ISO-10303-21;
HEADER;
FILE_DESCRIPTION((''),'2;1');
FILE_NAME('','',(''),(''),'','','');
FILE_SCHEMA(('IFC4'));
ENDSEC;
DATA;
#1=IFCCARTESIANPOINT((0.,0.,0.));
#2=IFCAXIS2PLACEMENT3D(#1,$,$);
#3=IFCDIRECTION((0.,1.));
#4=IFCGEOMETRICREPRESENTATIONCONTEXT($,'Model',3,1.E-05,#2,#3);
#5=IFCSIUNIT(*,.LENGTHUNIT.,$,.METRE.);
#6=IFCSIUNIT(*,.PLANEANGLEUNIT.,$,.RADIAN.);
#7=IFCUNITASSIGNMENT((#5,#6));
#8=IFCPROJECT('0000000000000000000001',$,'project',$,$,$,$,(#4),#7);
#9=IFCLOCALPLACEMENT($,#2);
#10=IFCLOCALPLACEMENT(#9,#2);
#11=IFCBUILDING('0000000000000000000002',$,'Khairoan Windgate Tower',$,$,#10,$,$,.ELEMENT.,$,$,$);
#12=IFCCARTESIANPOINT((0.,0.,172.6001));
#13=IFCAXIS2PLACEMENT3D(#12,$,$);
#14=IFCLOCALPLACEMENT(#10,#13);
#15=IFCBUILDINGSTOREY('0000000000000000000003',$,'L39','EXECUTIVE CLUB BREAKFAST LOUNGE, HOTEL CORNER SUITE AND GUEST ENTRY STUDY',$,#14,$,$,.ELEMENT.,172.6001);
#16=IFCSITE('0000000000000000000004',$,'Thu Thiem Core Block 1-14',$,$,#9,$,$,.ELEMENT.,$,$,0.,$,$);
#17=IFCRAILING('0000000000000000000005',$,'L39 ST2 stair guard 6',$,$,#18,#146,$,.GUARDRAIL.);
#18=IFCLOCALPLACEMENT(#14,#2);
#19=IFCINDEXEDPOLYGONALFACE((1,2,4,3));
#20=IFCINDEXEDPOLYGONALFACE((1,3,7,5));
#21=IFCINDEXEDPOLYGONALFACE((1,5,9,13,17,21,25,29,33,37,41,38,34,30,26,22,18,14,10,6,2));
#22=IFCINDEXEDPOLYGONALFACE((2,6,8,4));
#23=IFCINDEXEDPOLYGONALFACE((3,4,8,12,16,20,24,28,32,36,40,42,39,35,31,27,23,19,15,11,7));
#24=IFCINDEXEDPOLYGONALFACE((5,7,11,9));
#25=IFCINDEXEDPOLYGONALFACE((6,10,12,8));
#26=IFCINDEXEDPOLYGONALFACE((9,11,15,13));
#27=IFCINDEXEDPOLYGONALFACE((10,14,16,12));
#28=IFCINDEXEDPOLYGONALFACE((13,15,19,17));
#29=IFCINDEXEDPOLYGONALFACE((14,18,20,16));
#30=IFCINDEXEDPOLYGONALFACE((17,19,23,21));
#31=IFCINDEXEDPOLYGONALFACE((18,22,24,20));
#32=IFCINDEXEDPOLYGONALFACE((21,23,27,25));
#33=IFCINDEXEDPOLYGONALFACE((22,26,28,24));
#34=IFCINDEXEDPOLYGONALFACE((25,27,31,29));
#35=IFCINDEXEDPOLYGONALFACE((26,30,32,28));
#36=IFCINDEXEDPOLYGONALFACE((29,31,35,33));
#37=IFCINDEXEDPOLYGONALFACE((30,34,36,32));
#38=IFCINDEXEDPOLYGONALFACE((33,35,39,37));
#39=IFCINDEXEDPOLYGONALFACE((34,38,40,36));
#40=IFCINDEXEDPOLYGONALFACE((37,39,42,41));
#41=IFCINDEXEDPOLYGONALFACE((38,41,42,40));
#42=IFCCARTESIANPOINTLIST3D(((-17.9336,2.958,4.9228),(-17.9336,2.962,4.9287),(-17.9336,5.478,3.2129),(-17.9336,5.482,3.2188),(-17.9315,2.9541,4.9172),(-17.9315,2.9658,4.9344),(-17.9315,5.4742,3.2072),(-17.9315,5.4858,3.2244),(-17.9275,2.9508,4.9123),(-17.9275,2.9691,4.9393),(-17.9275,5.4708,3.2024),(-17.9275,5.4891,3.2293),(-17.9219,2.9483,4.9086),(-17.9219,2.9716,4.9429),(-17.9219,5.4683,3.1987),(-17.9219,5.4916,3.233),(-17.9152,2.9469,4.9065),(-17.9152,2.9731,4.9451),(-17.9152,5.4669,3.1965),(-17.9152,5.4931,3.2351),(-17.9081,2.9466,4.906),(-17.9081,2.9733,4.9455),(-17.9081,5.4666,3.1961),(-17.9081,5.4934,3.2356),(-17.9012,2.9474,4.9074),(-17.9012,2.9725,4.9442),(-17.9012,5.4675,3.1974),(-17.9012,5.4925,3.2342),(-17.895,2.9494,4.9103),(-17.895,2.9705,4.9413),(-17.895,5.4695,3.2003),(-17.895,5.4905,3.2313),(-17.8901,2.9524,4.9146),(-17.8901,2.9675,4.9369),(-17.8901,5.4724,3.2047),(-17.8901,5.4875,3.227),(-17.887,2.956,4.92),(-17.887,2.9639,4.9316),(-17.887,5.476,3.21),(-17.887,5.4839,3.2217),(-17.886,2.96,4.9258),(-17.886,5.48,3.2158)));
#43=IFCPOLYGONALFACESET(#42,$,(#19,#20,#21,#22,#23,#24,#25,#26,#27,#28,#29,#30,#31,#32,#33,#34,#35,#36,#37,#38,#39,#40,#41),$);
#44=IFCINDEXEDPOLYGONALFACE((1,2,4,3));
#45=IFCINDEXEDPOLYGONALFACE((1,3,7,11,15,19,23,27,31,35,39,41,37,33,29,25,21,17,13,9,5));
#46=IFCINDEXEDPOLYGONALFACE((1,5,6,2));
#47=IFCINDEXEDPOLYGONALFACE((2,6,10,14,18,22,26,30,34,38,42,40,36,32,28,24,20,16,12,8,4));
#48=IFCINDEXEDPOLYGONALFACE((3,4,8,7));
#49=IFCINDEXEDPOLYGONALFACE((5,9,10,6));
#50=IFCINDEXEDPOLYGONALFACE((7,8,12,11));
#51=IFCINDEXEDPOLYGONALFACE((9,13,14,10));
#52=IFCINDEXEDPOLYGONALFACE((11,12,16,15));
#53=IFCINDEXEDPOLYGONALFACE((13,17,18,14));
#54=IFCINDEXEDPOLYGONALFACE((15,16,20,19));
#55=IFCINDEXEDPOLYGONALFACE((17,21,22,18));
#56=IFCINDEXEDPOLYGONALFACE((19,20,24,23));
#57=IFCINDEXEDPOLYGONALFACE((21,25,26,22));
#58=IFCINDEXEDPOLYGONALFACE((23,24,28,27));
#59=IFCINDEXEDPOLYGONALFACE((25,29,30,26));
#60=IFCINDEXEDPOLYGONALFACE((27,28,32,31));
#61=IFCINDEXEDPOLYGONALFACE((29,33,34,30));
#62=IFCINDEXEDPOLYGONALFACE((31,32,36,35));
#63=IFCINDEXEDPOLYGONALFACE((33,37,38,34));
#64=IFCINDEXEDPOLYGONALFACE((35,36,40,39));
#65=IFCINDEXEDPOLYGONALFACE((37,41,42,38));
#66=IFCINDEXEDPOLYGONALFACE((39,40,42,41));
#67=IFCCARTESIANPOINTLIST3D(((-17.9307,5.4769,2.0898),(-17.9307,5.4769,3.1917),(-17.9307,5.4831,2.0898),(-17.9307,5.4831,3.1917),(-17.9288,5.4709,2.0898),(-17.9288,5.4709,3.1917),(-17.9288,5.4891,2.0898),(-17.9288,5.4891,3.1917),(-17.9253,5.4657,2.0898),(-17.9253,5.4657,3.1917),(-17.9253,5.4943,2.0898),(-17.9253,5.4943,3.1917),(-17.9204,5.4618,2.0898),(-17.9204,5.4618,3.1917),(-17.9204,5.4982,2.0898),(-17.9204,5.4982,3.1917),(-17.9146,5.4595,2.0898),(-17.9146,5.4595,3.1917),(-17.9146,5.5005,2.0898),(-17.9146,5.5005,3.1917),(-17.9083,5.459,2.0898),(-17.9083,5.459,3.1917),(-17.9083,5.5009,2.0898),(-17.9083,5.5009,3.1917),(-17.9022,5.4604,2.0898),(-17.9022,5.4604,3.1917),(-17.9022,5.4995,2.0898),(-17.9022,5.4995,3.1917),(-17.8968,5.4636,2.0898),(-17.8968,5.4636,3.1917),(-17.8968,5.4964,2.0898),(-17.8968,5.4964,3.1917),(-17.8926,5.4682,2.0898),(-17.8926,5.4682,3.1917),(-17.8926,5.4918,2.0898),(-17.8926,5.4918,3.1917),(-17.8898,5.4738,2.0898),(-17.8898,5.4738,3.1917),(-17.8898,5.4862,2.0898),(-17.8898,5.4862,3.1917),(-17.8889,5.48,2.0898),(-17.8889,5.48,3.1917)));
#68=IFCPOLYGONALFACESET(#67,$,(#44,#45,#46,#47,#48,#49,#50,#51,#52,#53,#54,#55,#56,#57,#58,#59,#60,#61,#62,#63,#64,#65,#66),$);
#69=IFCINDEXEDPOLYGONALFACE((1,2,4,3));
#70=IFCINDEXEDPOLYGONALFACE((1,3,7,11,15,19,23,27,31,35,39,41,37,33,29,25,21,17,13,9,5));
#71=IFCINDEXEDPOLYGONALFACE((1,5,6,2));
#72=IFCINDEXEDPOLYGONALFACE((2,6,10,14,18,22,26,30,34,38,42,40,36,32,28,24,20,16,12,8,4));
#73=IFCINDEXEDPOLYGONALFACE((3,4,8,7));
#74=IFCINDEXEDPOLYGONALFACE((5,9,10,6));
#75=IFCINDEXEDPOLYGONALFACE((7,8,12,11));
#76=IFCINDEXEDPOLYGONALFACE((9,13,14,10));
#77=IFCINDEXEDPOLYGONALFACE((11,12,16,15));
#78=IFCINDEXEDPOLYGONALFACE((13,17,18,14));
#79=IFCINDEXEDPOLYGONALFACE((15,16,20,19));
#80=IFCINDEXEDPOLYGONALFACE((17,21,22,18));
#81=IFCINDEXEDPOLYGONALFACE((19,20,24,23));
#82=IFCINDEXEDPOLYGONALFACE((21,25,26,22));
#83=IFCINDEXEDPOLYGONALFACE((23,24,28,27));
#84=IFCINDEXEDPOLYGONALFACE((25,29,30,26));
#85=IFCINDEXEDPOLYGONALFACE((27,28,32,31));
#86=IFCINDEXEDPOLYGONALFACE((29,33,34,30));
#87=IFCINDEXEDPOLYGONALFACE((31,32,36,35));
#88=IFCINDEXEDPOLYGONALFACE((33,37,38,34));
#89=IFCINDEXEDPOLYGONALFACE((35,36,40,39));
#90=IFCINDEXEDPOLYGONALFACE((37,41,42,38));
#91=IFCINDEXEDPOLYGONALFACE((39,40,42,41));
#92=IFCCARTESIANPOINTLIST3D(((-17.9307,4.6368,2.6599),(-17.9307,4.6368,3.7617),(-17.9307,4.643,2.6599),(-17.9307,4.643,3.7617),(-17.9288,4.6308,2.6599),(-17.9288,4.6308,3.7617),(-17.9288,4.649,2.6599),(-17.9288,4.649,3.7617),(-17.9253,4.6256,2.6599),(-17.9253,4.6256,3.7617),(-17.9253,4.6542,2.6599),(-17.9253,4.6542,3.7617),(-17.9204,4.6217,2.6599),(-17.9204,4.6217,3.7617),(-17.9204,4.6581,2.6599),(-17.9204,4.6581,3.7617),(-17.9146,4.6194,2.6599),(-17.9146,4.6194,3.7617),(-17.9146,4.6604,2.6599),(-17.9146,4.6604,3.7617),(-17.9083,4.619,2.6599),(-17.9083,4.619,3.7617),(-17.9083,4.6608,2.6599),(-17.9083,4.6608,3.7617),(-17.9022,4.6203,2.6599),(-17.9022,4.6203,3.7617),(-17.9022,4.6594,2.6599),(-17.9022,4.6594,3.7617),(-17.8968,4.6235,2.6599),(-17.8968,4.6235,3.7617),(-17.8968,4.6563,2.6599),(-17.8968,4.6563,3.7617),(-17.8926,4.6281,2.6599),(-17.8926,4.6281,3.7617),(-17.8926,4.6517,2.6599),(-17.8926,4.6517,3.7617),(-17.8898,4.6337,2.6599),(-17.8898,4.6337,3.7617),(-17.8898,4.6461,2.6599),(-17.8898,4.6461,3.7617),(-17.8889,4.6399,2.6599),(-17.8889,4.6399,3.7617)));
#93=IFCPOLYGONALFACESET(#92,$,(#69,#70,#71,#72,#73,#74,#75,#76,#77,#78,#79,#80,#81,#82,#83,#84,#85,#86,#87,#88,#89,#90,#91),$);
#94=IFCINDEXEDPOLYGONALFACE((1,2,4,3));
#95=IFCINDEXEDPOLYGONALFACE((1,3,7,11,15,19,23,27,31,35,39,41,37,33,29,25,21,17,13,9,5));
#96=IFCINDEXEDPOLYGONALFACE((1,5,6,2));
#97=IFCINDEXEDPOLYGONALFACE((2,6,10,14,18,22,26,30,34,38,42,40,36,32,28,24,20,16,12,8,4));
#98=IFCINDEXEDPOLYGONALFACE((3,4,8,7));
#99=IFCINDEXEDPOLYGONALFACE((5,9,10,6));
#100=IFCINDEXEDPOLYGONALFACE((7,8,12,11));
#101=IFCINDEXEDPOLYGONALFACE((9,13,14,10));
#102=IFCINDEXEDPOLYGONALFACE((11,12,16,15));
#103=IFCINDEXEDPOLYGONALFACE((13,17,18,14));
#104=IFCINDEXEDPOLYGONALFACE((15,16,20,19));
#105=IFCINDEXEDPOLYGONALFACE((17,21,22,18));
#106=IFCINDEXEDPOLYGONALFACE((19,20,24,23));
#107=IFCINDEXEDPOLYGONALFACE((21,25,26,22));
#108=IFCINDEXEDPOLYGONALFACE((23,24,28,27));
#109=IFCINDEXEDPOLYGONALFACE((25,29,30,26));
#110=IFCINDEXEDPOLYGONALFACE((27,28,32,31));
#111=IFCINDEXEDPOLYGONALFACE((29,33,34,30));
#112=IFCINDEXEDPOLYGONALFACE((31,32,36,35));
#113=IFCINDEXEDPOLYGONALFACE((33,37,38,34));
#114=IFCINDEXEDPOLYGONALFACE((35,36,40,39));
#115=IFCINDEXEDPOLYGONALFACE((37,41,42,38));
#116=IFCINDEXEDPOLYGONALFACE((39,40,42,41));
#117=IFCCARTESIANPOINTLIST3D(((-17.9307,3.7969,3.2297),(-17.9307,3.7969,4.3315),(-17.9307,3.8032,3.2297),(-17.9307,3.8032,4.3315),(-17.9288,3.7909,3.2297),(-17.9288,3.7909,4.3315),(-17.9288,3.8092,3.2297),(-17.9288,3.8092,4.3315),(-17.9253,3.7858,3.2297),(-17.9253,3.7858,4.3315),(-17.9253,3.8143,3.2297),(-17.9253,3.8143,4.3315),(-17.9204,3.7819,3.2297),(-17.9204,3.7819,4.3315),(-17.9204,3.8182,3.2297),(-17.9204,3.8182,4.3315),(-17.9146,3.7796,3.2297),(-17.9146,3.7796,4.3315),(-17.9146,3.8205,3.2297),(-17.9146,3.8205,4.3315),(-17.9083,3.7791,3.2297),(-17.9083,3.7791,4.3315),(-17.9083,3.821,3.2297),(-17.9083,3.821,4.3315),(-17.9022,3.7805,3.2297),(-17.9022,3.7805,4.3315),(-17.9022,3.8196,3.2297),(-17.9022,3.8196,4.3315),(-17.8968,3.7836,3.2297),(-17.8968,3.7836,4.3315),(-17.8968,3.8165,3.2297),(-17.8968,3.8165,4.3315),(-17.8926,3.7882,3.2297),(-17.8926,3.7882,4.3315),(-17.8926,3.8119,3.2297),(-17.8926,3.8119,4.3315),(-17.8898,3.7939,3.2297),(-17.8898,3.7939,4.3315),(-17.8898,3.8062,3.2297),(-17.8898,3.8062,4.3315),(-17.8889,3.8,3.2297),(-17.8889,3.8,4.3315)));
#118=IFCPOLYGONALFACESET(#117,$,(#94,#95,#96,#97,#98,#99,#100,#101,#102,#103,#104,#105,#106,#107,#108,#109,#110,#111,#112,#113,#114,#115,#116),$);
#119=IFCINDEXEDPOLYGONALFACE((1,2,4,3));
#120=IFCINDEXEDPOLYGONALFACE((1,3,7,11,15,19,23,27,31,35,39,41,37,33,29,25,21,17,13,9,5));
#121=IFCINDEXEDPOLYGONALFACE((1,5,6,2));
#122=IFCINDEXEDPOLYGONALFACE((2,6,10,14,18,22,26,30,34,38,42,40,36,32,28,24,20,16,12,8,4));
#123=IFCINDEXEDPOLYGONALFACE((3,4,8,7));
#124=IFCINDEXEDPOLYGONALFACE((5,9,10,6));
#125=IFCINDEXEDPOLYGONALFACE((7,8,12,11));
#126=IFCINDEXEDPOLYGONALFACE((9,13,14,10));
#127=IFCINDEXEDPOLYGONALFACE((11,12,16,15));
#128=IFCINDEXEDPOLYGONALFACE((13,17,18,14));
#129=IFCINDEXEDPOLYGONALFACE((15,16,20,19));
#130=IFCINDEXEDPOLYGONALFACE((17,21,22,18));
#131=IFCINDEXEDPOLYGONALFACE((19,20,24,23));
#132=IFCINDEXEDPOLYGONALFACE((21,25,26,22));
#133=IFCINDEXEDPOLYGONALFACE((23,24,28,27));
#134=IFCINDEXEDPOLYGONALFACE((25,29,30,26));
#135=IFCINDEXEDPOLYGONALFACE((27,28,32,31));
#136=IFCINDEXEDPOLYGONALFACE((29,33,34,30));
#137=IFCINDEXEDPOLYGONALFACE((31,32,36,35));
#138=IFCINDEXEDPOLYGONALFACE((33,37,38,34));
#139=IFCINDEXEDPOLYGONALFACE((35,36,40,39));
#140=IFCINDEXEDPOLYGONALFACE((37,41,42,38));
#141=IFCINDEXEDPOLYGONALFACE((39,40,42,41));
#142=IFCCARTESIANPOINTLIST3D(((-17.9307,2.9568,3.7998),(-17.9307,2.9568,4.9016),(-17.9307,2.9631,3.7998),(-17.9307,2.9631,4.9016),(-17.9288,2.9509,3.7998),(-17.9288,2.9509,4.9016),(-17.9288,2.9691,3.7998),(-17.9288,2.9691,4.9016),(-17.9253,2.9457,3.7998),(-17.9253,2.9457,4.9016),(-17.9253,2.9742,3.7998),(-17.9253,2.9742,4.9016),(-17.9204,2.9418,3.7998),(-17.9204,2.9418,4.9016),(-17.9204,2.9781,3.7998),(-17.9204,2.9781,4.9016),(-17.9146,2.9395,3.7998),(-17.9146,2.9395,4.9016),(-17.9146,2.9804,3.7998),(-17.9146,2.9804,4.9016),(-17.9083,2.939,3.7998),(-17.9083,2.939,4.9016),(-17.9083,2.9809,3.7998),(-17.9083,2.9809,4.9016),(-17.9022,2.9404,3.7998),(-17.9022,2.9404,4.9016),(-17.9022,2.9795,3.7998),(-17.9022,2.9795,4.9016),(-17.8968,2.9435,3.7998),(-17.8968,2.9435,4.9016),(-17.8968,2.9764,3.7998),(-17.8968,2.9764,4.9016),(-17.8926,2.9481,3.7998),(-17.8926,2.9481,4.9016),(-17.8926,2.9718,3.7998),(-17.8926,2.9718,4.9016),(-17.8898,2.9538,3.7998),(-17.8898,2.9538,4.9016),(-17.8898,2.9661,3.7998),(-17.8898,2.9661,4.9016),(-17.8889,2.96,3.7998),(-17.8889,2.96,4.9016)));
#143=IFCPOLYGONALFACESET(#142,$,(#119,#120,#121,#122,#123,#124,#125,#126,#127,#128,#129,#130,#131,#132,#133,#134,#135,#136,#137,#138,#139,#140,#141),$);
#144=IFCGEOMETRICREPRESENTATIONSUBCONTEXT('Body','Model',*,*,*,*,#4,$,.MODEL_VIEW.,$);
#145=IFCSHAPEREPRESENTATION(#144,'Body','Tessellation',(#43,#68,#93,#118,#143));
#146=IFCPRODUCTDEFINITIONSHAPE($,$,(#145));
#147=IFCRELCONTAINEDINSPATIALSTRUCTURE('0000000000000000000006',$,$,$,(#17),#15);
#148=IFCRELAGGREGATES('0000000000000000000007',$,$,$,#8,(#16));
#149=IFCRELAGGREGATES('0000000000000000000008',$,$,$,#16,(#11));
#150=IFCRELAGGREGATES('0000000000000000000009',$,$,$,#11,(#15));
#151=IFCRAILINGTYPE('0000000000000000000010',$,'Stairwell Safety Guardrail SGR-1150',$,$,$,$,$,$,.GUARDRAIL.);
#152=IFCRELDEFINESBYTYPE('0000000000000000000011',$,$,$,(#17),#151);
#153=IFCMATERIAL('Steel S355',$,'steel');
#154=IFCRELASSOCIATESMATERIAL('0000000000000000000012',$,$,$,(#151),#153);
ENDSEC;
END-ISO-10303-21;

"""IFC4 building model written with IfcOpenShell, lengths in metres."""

from ifc_helpers import new_model, si_unit, direction, frame, origin, origin_2d, place, context, subcontext, project, spatial, circle, extrude, material, type_object, element, save


model = new_model("IFC4")

# Units and contexts
model_context = context("Model", 3, precision=1e-05, world=origin(), true_north=direction((0.0, 1.0)))
body_context = subcontext(model_context, "Body", "Model", "MODEL_VIEW")
ifc_project = project(units=[si_unit("LENGTHUNIT", "METRE"), si_unit("PLANEANGLEUNIT", "RADIAN")], contexts=[model_context])

# Site, building, storey
site_placement = place(None, origin())
site = spatial("IfcSite", under=ifc_project, at=site_placement, Name="Thu Thiem Core Block 1-14", CompositionType="ELEMENT", RefElevation=0.0)
building_placement = place(site_placement, origin())
building = spatial("IfcBuilding", under=site, at=building_placement, Name="Khairoan Windgate Tower", CompositionType="ELEMENT")
storey_placement = place(building_placement, frame((0.0, 0.0, 172.6001)))
storey = spatial("IfcBuildingStorey", under=building, at=storey_placement, Name="L39", Description="EXECUTIVE CLUB BREAKFAST LOUNGE, HOTEL CORNER SUITE AND GUEST ENTRY STUDY", CompositionType="ELEMENT", Elevation=172.6001)

# Railing
ifc_material_1 = material(Name="Steel S355", Category="steel")
railing_type_1 = type_object("IfcRailingType", Name="Stairwell Safety Guardrail SGR-1150", PredefinedType="GUARDRAIL", material=ifc_material_1)
railing_1_placement = place(storey_placement, frame((-17.9099, 5.48, 2.0898)))
element("IfcRailing", 1, at=railing_1_placement, inside=storey, type_object=railing_type_1, Name="L39 ST2 stair guard 6", PredefinedType="GUARDRAIL", context=body_context, shape_type="SweptSolid", body=[
    extrude(circle(Radius=0.0239, at=origin_2d()), frame((0.0, 0.0, 1.126), z_axis=(0.0, -0.827484, 0.56149), x_axis=(1.0, 0.0, 0.0)), (0.0, 0.0, 1.0), 3.0454),
    extrude(circle(Radius=0.021, at=origin_2d()), origin(), (0.0, 0.0, 1.0), 1.1018),
    extrude(circle(Radius=0.021, at=origin_2d()), frame((0.0, -0.8401, 0.5701)), (0.0, 0.0, 1.0), 1.1018),
    extrude(circle(Radius=0.021, at=origin_2d()), frame((0.0, -1.6799, 1.1399)), (0.0, 0.0, 1.0), 1.1018),
    extrude(circle(Radius=0.021, at=origin_2d()), frame((0.0, -2.52, 1.71)), (0.0, 0.0, 1.0), 1.1018),
])

save(model, "model.ifc")
